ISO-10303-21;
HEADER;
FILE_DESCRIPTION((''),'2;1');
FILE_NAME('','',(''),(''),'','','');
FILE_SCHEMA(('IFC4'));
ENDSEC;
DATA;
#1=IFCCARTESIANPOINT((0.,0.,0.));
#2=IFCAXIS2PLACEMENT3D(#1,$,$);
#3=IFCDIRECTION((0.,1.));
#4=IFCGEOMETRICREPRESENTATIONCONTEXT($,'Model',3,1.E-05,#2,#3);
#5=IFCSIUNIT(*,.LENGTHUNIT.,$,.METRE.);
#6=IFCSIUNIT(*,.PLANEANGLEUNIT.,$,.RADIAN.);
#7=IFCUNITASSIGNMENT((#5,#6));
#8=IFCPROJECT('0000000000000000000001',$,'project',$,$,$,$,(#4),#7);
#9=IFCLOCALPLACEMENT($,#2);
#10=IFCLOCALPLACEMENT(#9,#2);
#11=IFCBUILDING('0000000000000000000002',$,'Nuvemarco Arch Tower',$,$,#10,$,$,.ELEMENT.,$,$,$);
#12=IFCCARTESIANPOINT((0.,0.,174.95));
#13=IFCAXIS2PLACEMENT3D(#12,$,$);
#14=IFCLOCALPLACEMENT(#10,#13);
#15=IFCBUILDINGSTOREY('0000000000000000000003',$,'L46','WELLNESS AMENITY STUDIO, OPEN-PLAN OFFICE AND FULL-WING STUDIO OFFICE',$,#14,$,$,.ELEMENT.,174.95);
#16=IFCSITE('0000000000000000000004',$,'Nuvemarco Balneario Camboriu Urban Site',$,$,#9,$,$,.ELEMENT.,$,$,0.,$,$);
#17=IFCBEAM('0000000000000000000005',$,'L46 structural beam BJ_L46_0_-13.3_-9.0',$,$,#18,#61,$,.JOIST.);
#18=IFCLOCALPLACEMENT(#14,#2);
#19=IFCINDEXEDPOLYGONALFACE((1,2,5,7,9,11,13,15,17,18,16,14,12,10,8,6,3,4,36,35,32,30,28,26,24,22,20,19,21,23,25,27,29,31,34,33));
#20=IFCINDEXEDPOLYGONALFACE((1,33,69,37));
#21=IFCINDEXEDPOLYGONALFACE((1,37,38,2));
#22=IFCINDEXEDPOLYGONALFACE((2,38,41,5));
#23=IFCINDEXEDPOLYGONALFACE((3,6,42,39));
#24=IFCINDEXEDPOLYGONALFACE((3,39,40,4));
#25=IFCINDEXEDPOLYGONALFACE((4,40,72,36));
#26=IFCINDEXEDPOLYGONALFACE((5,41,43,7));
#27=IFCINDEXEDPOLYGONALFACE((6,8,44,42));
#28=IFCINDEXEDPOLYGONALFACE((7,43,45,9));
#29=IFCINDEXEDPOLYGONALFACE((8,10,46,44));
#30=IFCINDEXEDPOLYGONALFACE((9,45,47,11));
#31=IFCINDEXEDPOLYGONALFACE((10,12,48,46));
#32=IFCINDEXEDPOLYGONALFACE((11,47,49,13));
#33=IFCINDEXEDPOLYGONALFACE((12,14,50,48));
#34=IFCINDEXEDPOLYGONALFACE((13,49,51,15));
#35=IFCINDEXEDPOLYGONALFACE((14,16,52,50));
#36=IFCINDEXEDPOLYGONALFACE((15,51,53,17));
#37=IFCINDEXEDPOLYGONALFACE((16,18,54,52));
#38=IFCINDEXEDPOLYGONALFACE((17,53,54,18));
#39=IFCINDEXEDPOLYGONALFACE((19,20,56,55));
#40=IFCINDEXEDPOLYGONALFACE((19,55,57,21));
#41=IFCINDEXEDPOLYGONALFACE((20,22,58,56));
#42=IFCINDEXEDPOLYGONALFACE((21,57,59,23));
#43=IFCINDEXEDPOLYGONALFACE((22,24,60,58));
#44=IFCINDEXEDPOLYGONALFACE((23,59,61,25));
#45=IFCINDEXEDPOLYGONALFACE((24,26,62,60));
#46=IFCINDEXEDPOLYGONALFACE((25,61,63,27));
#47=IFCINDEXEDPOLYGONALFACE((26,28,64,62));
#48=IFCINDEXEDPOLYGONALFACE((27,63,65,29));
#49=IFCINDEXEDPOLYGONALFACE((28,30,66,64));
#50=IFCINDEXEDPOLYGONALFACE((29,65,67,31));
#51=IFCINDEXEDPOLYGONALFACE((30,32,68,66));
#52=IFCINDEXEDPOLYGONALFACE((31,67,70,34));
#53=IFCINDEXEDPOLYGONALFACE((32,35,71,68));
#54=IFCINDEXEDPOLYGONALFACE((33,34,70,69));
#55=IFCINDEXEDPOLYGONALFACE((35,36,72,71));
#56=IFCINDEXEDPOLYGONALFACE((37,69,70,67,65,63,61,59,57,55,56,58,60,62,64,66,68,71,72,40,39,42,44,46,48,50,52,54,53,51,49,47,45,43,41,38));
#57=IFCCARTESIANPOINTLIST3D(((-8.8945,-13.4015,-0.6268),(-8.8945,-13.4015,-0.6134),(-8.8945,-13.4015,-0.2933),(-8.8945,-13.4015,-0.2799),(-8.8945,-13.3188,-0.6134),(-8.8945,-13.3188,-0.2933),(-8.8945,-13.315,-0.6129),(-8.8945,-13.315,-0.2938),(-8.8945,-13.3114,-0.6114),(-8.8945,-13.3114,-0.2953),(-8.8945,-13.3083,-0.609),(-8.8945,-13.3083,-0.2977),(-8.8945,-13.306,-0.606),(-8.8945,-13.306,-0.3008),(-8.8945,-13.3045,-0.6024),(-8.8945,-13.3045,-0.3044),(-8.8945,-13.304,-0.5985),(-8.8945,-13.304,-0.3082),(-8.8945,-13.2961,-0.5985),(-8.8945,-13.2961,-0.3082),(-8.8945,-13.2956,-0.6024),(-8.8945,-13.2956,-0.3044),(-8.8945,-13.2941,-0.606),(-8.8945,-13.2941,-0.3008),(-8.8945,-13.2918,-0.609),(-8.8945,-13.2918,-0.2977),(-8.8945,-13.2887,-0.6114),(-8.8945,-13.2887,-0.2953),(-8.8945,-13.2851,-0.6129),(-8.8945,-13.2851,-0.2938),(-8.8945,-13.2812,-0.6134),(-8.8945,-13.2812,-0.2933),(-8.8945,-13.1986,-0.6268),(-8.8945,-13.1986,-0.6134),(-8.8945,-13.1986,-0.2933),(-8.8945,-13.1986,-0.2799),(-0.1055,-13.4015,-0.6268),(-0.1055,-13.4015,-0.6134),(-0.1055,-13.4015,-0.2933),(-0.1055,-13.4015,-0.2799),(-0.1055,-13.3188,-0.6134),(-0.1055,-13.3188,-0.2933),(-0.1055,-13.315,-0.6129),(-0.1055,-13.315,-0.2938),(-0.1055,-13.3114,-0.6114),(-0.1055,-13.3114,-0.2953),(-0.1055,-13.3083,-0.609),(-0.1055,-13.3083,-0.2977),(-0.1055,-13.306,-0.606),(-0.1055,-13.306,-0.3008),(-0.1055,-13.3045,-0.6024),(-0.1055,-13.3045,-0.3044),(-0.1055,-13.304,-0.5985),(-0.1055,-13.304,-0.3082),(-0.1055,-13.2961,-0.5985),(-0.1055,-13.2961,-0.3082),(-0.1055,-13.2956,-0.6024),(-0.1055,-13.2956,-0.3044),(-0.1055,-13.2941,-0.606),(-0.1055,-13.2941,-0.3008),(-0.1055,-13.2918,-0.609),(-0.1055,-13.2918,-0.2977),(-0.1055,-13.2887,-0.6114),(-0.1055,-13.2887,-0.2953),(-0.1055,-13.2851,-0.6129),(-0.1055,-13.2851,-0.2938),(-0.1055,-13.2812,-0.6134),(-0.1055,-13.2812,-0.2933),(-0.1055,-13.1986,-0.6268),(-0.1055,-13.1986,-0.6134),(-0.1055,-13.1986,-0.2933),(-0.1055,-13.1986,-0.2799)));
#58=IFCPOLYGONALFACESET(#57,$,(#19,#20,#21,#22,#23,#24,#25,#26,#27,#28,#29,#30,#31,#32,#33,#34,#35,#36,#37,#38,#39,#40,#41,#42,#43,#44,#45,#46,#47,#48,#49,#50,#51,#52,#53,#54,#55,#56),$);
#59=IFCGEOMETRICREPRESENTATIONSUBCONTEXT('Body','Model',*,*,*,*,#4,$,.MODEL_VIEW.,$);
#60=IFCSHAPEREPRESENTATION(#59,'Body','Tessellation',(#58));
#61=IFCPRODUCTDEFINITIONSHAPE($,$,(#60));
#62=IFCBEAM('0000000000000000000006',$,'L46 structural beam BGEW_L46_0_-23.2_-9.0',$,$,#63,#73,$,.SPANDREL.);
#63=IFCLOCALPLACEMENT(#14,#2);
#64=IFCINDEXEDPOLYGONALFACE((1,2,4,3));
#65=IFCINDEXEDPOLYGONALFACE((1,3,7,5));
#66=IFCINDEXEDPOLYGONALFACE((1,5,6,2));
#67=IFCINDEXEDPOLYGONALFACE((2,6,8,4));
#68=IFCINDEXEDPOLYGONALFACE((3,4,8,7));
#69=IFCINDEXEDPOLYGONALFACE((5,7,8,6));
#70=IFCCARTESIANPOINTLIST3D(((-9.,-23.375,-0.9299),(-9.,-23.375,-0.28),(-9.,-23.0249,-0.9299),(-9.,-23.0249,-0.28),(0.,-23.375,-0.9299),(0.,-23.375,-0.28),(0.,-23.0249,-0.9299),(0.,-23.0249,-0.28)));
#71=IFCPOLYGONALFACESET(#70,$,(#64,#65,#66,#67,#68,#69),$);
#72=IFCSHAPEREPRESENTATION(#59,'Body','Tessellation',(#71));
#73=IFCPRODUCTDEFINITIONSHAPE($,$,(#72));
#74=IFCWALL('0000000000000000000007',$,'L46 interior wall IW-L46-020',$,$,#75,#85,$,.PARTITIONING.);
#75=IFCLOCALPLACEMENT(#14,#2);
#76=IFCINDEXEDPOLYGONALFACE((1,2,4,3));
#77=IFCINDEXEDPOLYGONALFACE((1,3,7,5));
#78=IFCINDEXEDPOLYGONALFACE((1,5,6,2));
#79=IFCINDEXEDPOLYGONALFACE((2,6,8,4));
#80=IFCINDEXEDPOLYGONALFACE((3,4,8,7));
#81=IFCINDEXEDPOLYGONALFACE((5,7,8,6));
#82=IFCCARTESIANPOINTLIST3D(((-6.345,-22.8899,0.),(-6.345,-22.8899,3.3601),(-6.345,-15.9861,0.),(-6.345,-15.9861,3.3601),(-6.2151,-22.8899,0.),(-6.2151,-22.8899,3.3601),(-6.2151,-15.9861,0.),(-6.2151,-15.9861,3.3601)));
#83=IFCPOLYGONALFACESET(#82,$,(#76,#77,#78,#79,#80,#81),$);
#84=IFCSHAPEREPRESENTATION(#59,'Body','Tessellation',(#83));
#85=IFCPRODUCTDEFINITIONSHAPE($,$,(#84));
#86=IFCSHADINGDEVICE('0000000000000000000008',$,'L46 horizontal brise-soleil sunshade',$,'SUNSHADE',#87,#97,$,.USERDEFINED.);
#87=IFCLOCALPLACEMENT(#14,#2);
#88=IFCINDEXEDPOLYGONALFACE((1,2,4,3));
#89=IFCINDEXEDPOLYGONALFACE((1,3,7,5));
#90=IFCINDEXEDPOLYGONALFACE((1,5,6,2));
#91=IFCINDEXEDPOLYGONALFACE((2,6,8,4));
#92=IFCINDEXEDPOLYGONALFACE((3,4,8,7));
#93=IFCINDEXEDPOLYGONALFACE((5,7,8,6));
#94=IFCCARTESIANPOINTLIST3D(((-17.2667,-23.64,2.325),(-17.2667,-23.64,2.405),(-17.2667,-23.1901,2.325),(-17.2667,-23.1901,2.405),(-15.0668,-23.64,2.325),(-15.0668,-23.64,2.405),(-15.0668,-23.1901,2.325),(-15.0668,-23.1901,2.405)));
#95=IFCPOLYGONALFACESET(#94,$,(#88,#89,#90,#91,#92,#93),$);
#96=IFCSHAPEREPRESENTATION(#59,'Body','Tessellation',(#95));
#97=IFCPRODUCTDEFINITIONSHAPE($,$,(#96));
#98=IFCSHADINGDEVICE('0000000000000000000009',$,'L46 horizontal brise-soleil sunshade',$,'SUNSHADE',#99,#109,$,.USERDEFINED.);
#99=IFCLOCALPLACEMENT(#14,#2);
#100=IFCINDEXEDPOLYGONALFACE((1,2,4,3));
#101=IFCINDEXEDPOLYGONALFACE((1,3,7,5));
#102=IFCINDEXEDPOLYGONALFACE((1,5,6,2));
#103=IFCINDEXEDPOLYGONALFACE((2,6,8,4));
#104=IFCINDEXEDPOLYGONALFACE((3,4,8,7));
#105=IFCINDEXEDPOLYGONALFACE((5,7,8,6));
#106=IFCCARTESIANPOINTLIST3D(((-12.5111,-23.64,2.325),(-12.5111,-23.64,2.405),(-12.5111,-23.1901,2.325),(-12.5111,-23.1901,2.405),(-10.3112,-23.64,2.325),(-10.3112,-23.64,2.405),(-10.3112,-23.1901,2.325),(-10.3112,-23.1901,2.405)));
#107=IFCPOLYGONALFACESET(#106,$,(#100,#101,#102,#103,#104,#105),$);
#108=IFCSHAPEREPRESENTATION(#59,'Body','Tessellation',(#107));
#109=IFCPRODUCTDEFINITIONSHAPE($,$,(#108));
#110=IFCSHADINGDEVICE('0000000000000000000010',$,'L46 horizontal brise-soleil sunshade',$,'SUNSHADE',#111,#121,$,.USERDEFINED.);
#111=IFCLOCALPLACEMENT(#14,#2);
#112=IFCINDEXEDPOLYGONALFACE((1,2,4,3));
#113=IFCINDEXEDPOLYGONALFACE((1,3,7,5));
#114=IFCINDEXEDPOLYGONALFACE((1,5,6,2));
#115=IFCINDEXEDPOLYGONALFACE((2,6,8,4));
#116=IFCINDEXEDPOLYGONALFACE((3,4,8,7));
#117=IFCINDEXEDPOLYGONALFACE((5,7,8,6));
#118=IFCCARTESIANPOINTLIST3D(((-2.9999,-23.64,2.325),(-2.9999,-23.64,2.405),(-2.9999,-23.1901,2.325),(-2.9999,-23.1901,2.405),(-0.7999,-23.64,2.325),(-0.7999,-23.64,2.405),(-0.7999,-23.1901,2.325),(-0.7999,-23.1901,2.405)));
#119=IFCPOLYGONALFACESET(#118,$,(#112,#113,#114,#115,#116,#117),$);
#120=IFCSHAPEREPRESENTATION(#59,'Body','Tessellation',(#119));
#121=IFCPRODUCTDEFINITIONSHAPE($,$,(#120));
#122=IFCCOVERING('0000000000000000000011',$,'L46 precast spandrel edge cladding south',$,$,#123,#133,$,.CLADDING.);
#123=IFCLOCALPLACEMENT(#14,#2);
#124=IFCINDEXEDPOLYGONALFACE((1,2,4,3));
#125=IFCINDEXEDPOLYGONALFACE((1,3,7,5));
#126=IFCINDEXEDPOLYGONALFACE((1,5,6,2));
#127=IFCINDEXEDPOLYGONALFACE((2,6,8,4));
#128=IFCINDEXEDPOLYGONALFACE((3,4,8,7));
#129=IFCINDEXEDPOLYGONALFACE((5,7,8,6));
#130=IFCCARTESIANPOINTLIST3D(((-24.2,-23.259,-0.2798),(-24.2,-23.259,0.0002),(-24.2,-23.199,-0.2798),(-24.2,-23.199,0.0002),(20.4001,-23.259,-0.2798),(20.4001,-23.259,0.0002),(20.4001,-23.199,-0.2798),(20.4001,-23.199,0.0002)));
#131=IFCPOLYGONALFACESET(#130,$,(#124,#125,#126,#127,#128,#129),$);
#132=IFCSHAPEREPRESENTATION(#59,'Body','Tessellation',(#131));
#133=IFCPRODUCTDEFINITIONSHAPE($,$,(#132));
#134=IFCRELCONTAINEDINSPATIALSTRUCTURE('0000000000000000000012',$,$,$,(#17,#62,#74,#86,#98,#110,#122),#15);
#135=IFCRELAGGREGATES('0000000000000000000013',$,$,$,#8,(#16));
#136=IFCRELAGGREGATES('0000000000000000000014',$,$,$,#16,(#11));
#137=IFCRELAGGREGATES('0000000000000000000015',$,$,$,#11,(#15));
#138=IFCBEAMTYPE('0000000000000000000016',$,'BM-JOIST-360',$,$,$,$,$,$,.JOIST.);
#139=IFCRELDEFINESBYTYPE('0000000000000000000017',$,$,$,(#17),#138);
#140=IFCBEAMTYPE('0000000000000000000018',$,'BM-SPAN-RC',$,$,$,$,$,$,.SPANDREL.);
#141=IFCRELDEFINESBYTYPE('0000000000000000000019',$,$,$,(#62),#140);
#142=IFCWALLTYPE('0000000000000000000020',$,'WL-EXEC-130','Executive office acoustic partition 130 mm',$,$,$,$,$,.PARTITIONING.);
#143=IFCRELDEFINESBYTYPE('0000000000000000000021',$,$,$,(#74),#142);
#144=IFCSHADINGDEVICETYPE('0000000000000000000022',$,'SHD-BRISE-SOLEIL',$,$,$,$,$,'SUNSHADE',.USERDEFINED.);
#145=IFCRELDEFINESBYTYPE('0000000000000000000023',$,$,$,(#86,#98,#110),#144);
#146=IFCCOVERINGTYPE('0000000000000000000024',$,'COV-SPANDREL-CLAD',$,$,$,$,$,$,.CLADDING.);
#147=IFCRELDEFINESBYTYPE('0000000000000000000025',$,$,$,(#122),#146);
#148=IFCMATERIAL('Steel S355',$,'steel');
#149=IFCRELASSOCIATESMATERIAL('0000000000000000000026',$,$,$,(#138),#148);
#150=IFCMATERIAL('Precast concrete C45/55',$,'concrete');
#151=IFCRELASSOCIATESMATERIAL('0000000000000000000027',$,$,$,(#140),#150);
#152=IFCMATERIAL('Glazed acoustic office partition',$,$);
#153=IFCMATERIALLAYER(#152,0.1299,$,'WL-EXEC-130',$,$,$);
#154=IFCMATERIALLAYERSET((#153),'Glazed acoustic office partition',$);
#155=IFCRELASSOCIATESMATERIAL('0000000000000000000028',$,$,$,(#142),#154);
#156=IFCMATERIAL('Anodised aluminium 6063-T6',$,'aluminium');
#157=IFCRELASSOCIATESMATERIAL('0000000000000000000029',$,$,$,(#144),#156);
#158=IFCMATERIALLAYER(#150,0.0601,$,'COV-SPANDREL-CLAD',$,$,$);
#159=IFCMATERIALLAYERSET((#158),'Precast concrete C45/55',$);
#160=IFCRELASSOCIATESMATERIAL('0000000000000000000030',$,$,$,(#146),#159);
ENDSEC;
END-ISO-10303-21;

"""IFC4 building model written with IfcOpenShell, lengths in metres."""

from ifc_helpers import new_model, si_unit, direction, frame, frame_2d, origin, origin_2d, place, context, subcontext, project, spatial, rectangle, i_section, extrude, source, transform, mapped, material, layer, layer_set, material_profile, profile_set, type_object, type_shapes, element, save


model = new_model("IFC4")

# Units and contexts
model_context = context("Model", 3, precision=1e-05, world=origin(), true_north=direction((0.0, 1.0)))
body_context = subcontext(model_context, "Body", "Model", "MODEL_VIEW")
ifc_project = project(units=[si_unit("LENGTHUNIT", "METRE"), si_unit("PLANEANGLEUNIT", "RADIAN")], contexts=[model_context])

# Site, building, storey
site_placement = place(None, origin())
site = spatial("IfcSite", under=ifc_project, at=site_placement, Name="Nuvemarco Balneario Camboriu Urban Site", CompositionType="ELEMENT", RefElevation=0.0)
building_placement = place(site_placement, origin())
building = spatial("IfcBuilding", under=site, at=building_placement, Name="Nuvemarco Arch Tower", CompositionType="ELEMENT")
storey_placement = place(building_placement, frame((0.0, 0.0, 174.95)))
storey = spatial("IfcBuildingStorey", under=building, at=storey_placement, Name="L46", Description="WELLNESS AMENITY STUDIO, OPEN-PLAN OFFICE AND FULL-WING STUDIO OFFICE", CompositionType="ELEMENT", Elevation=174.95)

# Shared definitions
ifc_material_1 = material(Name="Steel S355", Category="steel")

# Beams
ifc_material_profile_1 = material_profile(ifc_material_1, i_section(OverallWidth=0.2029, OverallDepth=0.3469, WebThickness=0.0078, FlangeThickness=0.0134, FilletRadius=0.0149, at=origin_2d()), Name="W360x64")
ifc_profile_set_1 = profile_set([ifc_material_profile_1], Name="Steel S355")
beam_type_1 = type_object("IfcBeamType", Name="BM-JOIST-360", PredefinedType="JOIST", material=ifc_profile_set_1)
beam_1_placement = place(storey_placement, frame((-8.8945, -13.3, -0.4534), z_axis=(1.0, 0.0, 0.0), x_axis=(0.0, 1.0, 0.0)))
element("IfcBeam", 1, at=beam_1_placement, inside=storey, type_object=beam_type_1, Name="L46 structural beam BJ_L46_0_-13.3_-9.0", PredefinedType="JOIST", context=body_context, shape_type="SweptSolid", body=[
    extrude(i_section(OverallWidth=0.2029, OverallDepth=0.3469, WebThickness=0.0078, FlangeThickness=0.0134, FilletRadius=0.0149, at=origin_2d()), origin(), (0.0, 0.0, 1.0), 8.7891),
])
ifc_material_2 = material(Name="Precast concrete C45/55", Category="concrete")
ifc_material_profile_2 = material_profile(ifc_material_2, rectangle(XDim=0.3501, YDim=0.6499, at=origin_2d()), Name="PC-SP-350x650")
ifc_profile_set_2 = profile_set([ifc_material_profile_2], Name="Precast concrete C45/55")
beam_type_2 = type_object("IfcBeamType", Name="BM-SPAN-RC", PredefinedType="SPANDREL", material=ifc_profile_set_2)
beam_2_placement = place(storey_placement, frame((-9.0, -23.2, -0.605), z_axis=(1.0, 0.0, 0.0), x_axis=(0.0, 1.0, 0.0)))
element("IfcBeam", 2, at=beam_2_placement, inside=storey, type_object=beam_type_2, Name="L46 structural beam BGEW_L46_0_-23.2_-9.0", PredefinedType="SPANDREL", context=body_context, shape_type="SweptSolid", body=[
    extrude(rectangle(XDim=0.3501, YDim=0.6499, at=origin_2d()), origin(), (0.0, 0.0, 1.0), 9.0),
])

# Wall
ifc_material_3 = material(Name="Glazed acoustic office partition")
ifc_layer_1 = layer(ifc_material_3, 0.1299, Name="WL-EXEC-130")
ifc_layer_set_1 = layer_set([ifc_layer_1], Name="Glazed acoustic office partition")
wall_type = type_object("IfcWallType", Name="WL-EXEC-130", Description="Executive office acoustic partition 130 mm", PredefinedType="PARTITIONING", material=ifc_layer_set_1)
wall_placement = place(storey_placement, frame((-6.28, -22.8899, 0.0), z_axis=(0.0, 0.0, 1.0), x_axis=(0.0, 1.0, 0.0)))
element("IfcWall", 3, at=wall_placement, inside=storey, type_object=wall_type, Name="L46 interior wall IW-L46-020", PredefinedType="PARTITIONING", context=body_context, shape_type="SweptSolid", body=[
    extrude(rectangle(XDim=6.9038, YDim=0.1299, at=frame_2d((3.4519, 0.0))), origin(), (0.0, 0.0, 1.0), 3.3601),
])

# Shading devices
ifc_material_4 = material(Name="Anodised aluminium 6063-T6", Category="aluminium")
shading_device_type = type_object("IfcShadingDeviceType", Name="SHD-BRISE-SOLEIL", ElementType="SUNSHADE", PredefinedType="USERDEFINED", material=ifc_material_4)
shared_shape_1 = source(origin(), body_context, "Body", "SweptSolid", [
    extrude(rectangle(XDim=2.2, YDim=0.45, at=origin_2d()), origin(), (0.0, 0.0, 1.0), 0.0801),
])
type_shapes(shading_device_type, [shared_shape_1])
for number, where, z_axis, x_axis, name in (
    (4, (-16.1667, -23.415, 2.325), (0.0, 0.0, 1.0), (1.0, 0.0, 0.0), "L46 horizontal brise-soleil sunshade"),
    (5, (-11.4111, -23.415, 2.325), (0.0, 0.0, 1.0), (1.0, 0.0, 0.0), "L46 horizontal brise-soleil sunshade"),
    (6, (-1.8999, -23.415, 2.325), (0.0, 0.0, 1.0), (1.0, 0.0, 0.0), "L46 horizontal brise-soleil sunshade"),
):
    element("IfcShadingDevice", number, at=place(storey_placement, frame(where, z_axis=z_axis, x_axis=x_axis)), inside=storey, type_object=shading_device_type, Name=name, ObjectType="SUNSHADE", PredefinedType="USERDEFINED", context=body_context, shape_type="MappedRepresentation", body=[
        mapped(shared_shape_1, transform((0.0, 0.0, 0.0), scale=1.0)),
    ])

# Covering
ifc_layer_2 = layer(ifc_material_2, 0.0601, Name="COV-SPANDREL-CLAD")
ifc_layer_set_2 = layer_set([ifc_layer_2], Name="Precast concrete C45/55")
covering_type = type_object("IfcCoveringType", Name="COV-SPANDREL-CLAD", PredefinedType="CLADDING", material=ifc_layer_set_2)
shared_shape_2 = source(origin(), body_context, "Body", "SweptSolid", [
    extrude(rectangle(XDim=44.6001, YDim=0.0601, at=origin_2d()), origin(), (0.0, 0.0, 1.0), 0.28),
])
type_shapes(covering_type, [shared_shape_2])
covering_placement = place(storey_placement, frame((-1.8999, -23.229, -0.2798), z_axis=(0.0, 0.0, 1.0), x_axis=(1.0, 0.0, 0.0)))
element("IfcCovering", 7, at=covering_placement, inside=storey, type_object=covering_type, Name="L46 precast spandrel edge cladding south", PredefinedType="CLADDING", context=body_context, shape_type="MappedRepresentation", body=[
    mapped(shared_shape_2, transform((0.0, 0.0, 0.0), scale=1.0)),
])

save(model, "model.ifc")
